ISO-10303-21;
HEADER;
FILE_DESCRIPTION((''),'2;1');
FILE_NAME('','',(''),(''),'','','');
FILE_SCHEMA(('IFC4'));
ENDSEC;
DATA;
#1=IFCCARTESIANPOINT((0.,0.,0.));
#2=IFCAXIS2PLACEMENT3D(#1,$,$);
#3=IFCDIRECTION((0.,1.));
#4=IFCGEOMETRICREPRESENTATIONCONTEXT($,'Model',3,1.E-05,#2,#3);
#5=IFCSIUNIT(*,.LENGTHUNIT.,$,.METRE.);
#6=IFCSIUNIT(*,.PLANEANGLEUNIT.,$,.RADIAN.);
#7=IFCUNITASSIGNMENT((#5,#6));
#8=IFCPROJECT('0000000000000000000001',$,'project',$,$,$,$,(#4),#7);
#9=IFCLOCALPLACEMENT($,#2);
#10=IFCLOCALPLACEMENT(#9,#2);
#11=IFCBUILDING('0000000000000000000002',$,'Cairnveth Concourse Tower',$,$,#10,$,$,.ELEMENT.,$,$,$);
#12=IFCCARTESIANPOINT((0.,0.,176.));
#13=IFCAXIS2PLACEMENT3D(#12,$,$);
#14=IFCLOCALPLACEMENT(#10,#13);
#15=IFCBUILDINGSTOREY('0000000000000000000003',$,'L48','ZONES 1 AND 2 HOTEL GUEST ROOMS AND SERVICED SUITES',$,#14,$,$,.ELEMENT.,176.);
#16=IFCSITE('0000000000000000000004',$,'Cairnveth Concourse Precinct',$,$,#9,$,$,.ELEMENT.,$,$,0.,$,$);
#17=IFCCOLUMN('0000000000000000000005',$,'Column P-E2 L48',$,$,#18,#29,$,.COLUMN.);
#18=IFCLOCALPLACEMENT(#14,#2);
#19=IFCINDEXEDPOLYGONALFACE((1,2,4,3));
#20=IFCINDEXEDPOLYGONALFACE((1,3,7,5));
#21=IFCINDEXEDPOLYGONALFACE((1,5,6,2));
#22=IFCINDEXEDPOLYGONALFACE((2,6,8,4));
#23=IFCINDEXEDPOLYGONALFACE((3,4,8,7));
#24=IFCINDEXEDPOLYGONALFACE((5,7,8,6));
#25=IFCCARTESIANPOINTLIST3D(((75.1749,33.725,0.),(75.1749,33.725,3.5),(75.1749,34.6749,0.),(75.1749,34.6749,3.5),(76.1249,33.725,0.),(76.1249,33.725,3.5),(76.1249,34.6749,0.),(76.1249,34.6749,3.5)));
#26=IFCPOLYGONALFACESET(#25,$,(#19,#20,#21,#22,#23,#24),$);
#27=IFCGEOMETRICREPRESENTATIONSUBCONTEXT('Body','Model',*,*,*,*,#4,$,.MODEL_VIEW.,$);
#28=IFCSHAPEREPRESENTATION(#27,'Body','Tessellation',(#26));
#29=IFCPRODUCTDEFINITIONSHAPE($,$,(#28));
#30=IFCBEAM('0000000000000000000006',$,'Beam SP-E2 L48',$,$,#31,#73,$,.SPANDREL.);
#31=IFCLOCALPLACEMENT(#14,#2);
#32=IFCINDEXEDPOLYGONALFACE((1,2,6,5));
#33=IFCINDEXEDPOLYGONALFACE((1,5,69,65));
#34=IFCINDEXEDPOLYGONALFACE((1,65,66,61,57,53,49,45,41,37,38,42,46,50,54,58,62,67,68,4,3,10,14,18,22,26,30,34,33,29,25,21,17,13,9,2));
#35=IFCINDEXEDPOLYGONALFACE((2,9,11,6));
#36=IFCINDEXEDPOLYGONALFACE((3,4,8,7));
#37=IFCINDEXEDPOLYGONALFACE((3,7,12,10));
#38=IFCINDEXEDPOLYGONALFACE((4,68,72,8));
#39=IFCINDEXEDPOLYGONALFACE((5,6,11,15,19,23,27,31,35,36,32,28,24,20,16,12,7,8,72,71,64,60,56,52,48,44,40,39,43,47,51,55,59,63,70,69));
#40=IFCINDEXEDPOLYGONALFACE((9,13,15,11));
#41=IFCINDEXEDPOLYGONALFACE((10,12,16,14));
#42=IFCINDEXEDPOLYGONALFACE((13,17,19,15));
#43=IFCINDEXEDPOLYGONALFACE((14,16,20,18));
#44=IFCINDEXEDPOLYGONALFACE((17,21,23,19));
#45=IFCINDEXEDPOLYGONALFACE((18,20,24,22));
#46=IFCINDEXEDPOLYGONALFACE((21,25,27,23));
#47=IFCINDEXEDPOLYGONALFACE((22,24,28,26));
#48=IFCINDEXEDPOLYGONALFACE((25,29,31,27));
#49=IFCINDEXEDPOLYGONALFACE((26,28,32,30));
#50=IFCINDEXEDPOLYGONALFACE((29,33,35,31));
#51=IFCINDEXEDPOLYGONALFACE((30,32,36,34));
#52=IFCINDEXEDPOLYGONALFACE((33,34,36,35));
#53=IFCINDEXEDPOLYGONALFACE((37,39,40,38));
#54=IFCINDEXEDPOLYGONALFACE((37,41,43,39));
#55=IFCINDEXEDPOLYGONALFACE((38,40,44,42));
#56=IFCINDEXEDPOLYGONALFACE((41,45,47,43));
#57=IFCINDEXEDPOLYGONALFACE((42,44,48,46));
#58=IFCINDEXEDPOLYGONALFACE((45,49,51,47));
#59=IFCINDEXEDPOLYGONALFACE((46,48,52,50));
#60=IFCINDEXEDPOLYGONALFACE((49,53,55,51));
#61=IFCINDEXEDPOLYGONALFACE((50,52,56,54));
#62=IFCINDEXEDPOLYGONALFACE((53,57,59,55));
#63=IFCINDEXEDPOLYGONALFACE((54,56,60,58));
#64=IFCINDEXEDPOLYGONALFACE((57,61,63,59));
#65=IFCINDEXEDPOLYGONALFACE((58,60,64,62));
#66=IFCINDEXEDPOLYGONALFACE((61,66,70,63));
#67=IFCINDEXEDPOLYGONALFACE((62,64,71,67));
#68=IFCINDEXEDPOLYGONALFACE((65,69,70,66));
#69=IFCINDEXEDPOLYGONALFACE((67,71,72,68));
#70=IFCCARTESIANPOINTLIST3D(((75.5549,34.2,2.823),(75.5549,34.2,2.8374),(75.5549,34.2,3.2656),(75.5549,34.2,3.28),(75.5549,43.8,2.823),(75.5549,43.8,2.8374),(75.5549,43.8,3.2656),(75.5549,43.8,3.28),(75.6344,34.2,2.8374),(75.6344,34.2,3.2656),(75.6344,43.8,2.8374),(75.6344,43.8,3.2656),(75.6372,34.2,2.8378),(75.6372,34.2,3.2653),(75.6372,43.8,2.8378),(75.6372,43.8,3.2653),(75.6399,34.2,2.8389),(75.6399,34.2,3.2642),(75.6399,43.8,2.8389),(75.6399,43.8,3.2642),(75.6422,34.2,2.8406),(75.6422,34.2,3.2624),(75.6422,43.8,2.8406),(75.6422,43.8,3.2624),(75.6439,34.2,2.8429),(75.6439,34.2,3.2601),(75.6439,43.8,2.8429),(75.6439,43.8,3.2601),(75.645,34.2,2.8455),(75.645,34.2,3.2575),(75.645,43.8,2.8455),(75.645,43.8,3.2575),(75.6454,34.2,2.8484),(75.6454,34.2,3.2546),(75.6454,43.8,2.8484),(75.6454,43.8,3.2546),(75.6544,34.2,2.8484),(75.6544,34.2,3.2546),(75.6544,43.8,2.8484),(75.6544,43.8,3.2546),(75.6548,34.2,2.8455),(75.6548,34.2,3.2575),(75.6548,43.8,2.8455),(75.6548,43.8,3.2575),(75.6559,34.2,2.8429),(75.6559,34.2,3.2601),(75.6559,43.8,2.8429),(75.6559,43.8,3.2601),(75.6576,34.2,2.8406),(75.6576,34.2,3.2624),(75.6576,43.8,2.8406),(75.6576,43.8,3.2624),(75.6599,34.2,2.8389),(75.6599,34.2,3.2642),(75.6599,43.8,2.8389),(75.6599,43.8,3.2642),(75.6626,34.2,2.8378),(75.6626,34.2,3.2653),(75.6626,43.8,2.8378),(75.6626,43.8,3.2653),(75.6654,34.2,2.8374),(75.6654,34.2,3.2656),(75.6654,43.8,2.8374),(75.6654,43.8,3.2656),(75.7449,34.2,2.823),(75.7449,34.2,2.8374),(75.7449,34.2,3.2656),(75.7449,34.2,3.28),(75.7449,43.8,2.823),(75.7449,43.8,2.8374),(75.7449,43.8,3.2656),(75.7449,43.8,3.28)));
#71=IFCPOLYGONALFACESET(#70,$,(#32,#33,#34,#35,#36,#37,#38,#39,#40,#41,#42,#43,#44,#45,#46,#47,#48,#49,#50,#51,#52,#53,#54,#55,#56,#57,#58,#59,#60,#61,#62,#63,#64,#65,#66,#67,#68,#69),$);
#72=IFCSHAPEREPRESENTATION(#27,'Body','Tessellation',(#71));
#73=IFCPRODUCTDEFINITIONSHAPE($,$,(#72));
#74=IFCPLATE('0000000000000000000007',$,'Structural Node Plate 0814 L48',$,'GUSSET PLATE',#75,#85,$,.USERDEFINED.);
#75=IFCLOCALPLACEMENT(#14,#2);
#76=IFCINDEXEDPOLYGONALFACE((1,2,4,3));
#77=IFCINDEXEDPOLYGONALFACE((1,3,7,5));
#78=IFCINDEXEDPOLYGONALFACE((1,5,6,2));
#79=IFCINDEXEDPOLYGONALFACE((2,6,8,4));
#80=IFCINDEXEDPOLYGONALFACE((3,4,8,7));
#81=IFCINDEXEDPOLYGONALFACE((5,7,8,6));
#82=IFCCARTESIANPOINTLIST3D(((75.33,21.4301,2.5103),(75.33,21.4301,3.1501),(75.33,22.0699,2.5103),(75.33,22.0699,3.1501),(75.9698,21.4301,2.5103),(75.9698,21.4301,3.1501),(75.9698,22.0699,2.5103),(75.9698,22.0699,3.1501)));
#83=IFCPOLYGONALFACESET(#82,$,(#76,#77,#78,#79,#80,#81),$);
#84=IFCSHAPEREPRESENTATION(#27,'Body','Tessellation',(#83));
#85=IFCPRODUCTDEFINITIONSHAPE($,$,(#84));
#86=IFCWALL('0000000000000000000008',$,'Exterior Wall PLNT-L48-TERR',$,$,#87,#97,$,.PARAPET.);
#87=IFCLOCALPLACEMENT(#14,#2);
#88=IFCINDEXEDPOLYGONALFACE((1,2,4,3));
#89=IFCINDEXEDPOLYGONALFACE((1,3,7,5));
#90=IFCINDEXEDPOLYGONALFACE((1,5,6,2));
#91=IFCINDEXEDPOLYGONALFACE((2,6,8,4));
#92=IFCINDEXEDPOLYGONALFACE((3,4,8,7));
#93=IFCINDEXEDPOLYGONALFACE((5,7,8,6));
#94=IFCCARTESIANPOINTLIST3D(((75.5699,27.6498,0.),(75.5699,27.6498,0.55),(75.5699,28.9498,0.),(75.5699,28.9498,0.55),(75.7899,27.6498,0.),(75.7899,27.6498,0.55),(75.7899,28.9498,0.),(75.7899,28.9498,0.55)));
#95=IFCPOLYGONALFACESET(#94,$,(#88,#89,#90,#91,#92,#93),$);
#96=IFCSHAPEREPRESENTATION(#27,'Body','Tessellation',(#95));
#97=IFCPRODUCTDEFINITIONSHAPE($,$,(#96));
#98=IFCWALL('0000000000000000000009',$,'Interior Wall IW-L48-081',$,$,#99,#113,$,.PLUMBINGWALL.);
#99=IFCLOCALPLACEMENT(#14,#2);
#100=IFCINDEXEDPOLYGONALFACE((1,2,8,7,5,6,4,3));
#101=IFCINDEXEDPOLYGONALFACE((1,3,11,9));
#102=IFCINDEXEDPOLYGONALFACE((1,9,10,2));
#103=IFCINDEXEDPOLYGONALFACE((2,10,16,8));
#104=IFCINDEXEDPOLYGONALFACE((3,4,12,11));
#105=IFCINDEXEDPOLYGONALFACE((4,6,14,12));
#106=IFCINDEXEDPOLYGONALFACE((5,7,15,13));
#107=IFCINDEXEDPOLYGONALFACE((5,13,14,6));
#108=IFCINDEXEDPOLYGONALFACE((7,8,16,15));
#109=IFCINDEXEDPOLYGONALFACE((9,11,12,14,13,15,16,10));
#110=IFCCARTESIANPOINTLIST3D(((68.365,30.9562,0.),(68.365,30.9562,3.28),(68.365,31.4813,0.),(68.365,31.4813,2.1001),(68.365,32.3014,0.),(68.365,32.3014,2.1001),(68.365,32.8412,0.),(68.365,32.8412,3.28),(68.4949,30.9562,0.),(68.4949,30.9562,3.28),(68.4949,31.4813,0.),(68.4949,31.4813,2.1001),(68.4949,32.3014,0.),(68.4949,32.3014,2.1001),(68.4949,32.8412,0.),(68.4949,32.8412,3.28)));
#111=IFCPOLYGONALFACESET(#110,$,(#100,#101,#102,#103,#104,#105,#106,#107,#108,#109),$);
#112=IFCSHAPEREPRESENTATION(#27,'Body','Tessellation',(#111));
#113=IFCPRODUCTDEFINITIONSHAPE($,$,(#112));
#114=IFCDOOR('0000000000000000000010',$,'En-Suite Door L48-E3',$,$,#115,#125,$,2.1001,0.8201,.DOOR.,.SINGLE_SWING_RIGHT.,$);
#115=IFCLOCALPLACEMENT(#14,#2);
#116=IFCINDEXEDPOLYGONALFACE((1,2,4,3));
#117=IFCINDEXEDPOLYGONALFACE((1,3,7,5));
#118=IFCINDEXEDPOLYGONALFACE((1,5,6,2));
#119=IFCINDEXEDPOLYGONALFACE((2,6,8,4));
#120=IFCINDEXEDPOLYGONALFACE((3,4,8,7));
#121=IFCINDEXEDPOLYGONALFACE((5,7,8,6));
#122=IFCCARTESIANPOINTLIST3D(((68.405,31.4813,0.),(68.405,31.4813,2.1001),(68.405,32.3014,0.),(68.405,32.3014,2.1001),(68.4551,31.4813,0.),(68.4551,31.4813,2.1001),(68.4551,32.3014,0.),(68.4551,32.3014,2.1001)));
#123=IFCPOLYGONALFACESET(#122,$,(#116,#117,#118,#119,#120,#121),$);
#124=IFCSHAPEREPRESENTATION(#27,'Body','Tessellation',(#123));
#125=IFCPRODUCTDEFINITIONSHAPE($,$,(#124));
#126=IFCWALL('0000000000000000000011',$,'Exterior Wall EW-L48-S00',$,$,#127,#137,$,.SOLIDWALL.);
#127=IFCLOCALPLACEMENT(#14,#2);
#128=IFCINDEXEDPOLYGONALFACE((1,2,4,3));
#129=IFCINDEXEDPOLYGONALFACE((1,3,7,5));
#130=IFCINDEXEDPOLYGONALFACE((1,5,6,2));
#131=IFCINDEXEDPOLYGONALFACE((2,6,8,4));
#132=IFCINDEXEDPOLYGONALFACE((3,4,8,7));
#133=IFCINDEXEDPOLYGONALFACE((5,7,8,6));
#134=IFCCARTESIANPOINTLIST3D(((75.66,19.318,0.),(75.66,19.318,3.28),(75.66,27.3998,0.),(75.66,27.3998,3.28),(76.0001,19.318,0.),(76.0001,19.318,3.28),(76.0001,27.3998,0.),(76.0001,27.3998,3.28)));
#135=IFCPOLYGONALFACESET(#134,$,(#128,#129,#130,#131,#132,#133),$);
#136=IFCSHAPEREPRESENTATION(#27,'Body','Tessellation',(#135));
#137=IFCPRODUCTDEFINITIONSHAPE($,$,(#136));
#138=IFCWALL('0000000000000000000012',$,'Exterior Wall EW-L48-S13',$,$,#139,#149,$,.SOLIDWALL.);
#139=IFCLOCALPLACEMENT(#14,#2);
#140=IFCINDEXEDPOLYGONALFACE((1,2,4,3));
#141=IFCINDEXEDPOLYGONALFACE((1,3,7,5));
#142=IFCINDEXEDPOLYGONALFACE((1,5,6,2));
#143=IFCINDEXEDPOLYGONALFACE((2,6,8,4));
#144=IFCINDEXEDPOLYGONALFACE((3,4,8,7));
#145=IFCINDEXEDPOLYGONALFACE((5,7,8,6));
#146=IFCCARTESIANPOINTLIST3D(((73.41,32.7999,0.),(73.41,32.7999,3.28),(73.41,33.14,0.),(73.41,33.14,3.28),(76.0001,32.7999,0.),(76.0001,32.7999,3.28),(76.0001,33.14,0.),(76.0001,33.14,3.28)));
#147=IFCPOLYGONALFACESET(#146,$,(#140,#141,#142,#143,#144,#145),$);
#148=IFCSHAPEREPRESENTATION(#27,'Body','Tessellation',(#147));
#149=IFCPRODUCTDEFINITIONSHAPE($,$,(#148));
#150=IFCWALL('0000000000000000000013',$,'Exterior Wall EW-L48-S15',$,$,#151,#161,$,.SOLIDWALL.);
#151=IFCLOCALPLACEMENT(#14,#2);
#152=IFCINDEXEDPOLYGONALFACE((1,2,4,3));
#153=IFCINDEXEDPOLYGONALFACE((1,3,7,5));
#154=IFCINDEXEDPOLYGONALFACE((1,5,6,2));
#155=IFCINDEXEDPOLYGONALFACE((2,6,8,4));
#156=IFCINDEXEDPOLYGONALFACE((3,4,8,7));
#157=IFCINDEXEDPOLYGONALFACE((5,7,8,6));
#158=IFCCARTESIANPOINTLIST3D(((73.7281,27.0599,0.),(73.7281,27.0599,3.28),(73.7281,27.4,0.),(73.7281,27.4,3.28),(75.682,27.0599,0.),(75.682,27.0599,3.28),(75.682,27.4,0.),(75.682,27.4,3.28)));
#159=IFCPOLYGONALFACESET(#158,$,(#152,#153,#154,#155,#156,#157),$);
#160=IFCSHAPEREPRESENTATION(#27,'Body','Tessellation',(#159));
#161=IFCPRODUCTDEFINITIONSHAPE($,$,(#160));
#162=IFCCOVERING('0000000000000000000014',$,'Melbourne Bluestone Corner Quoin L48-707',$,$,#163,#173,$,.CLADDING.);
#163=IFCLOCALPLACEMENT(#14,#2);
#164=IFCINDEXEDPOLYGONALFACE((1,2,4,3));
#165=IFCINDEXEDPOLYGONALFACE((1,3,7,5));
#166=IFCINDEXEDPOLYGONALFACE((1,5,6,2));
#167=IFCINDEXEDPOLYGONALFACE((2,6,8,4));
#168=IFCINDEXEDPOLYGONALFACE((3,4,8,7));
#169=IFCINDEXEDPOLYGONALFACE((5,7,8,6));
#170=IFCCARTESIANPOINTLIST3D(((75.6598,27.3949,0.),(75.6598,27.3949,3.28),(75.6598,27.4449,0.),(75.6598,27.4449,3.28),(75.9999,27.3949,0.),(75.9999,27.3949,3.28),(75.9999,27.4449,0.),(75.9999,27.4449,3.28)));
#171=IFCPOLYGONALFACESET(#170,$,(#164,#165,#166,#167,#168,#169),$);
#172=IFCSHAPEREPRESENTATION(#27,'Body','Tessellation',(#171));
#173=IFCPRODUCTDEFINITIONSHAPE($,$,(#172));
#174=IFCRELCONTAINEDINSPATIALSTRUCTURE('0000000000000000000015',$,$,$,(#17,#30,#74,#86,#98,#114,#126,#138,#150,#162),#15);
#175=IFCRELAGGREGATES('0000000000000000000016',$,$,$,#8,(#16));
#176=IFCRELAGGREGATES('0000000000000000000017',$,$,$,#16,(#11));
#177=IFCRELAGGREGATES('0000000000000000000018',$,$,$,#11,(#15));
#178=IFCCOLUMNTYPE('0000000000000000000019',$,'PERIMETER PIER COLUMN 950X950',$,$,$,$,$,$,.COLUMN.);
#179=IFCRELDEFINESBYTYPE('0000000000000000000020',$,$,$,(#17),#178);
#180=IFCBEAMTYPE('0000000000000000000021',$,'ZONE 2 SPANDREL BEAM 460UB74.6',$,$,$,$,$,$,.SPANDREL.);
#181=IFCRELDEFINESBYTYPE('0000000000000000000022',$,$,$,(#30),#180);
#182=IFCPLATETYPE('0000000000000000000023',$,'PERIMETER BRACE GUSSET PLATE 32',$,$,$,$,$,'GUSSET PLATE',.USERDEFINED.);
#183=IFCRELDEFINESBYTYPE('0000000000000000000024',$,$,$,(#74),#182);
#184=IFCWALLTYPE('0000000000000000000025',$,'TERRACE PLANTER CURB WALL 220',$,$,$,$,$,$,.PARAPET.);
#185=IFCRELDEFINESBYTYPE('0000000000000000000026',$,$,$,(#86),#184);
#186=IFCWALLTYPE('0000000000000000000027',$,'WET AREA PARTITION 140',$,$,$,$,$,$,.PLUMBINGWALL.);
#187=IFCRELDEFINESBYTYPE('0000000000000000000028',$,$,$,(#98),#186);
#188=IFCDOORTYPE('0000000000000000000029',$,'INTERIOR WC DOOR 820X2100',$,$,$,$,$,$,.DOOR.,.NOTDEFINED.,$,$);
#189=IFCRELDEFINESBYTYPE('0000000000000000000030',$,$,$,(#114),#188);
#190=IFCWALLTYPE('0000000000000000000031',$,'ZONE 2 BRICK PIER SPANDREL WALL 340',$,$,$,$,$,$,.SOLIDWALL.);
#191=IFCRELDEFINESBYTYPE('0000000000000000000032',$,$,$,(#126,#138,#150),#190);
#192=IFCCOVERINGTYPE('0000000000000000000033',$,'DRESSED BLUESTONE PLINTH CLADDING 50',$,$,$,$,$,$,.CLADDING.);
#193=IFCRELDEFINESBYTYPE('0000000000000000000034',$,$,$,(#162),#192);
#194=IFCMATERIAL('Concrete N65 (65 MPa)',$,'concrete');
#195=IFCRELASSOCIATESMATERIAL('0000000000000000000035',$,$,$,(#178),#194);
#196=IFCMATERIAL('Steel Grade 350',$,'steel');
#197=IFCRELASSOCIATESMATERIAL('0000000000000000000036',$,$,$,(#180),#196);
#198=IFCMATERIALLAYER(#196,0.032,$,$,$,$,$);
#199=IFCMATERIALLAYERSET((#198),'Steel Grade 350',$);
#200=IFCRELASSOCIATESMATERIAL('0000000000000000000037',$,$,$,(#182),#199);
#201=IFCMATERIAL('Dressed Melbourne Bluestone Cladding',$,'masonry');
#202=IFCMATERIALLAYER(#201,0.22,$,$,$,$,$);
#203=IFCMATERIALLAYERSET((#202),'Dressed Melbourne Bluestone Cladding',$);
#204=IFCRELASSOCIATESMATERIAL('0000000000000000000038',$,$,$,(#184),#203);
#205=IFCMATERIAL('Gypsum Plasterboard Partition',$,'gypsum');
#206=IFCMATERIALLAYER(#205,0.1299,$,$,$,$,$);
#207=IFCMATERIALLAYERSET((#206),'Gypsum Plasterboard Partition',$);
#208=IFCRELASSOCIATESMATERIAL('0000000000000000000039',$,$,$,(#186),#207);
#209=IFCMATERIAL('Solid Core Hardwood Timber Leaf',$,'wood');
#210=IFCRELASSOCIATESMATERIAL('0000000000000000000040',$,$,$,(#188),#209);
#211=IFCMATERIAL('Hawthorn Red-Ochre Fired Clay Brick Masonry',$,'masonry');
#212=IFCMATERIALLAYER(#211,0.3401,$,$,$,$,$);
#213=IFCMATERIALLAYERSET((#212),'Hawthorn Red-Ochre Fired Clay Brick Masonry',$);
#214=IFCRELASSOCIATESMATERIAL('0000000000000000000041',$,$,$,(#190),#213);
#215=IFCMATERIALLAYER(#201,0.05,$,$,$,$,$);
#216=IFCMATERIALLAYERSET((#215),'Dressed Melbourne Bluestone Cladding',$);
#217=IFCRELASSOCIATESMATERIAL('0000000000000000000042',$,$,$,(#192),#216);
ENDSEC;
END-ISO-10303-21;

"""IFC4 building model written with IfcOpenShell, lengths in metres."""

from ifc_helpers import new_model, si_unit, direction, frame, frame_2d, origin, origin_2d, place, context, subcontext, project, spatial, rectangle, i_section, extrude, material, layer, layer_set, material_profile, profile_set, type_object, element, fill, save


model = new_model("IFC4")

# Units and contexts
model_context = context("Model", 3, precision=1e-05, world=origin(), true_north=direction((0.0, 1.0)))
body_context = subcontext(model_context, "Body", "Model", "MODEL_VIEW")
ifc_project = project(units=[si_unit("LENGTHUNIT", "METRE"), si_unit("PLANEANGLEUNIT", "RADIAN")], contexts=[model_context])

# Site, building, storey
site_placement = place(None, origin())
site = spatial("IfcSite", under=ifc_project, at=site_placement, Name="Cairnveth Concourse Precinct", CompositionType="ELEMENT", RefElevation=0.0)
building_placement = place(site_placement, origin())
building = spatial("IfcBuilding", under=site, at=building_placement, Name="Cairnveth Concourse Tower", CompositionType="ELEMENT")
storey_placement = place(building_placement, frame((0.0, 0.0, 176.0)))
storey = spatial("IfcBuildingStorey", under=building, at=storey_placement, Name="L48", Description="ZONES 1 AND 2 HOTEL GUEST ROOMS AND SERVICED SUITES", CompositionType="ELEMENT", Elevation=176.0)

# Column
ifc_material_1 = material(Name="Concrete N65 (65 MPa)", Category="concrete")
ifc_material_profile_1 = material_profile(ifc_material_1, rectangle(XDim=0.95, YDim=0.95, at=origin_2d()), Name="RC-COL-950x950")
ifc_profile_set_1 = profile_set([ifc_material_profile_1], Name="Concrete N65 (65 MPa)")
column_type = type_object("IfcColumnType", Name="PERIMETER PIER COLUMN 950X950", PredefinedType="COLUMN", material=ifc_profile_set_1)
column_placement = place(storey_placement, frame((75.6499, 34.2, 0.0), z_axis=(0.0, 0.0, 1.0), x_axis=(0.0, 1.0, 0.0)))
element("IfcColumn", 1, at=column_placement, inside=storey, type_object=column_type, Name="Column P-E2 L48", PredefinedType="COLUMN", context=body_context, shape_type="SweptSolid", body=[
    extrude(rectangle(XDim=0.95, YDim=0.95, at=origin_2d()), origin(), (0.0, 0.0, 1.0), 3.5),
])

# Beam
ifc_material_2 = material(Name="Steel Grade 350", Category="steel")
ifc_material_profile_2 = material_profile(ifc_material_2, i_section(OverallWidth=0.1899, OverallDepth=0.457, WebThickness=0.009, FlangeThickness=0.0144, FilletRadius=0.011, at=origin_2d()), Name="460UB74.6")
ifc_profile_set_2 = profile_set([ifc_material_profile_2], Name="Steel Grade 350")
beam_type = type_object("IfcBeamType", Name="ZONE 2 SPANDREL BEAM 460UB74.6", PredefinedType="SPANDREL", material=ifc_profile_set_2)
beam_placement = place(storey_placement, frame((75.6499, 34.2, 3.0515), z_axis=(0.0, 1.0, 0.0), x_axis=(-1.0, 0.0, 0.0)))
element("IfcBeam", 2, at=beam_placement, inside=storey, type_object=beam_type, Name="Beam SP-E2 L48", PredefinedType="SPANDREL", context=body_context, shape_type="SweptSolid", body=[
    extrude(i_section(OverallWidth=0.1899, OverallDepth=0.457, WebThickness=0.009, FlangeThickness=0.0144, FilletRadius=0.011, at=origin_2d()), origin(), (0.0, 0.0, 1.0), 9.6001),
])

# Plate
ifc_layer_1 = layer(ifc_material_2, 0.032)
ifc_layer_set_1 = layer_set([ifc_layer_1], Name="Steel Grade 350")
plate_type = type_object("IfcPlateType", Name="PERIMETER BRACE GUSSET PLATE 32", ElementType="GUSSET PLATE", PredefinedType="USERDEFINED", material=ifc_layer_set_1)
plate_placement = place(storey_placement, frame((75.6499, 21.75, 2.5103), z_axis=(0.0, 0.0, 1.0), x_axis=(1.0, 0.0, 0.0)))
element("IfcPlate", 3, at=plate_placement, inside=storey, type_object=plate_type, Name="Structural Node Plate 0814 L48", ObjectType="GUSSET PLATE", PredefinedType="USERDEFINED", context=body_context, shape_type="SweptSolid", body=[
    extrude(rectangle(XDim=0.6399, YDim=0.6399, at=origin_2d()), origin(), (0.0, 0.0, 1.0), 0.6399),
])

# Wall
ifc_material_3 = material(Name="Dressed Melbourne Bluestone Cladding", Category="masonry")
ifc_layer_2 = layer(ifc_material_3, 0.22)
ifc_layer_set_2 = layer_set([ifc_layer_2], Name="Dressed Melbourne Bluestone Cladding")
wall_type_1 = type_object("IfcWallType", Name="TERRACE PLANTER CURB WALL 220", PredefinedType="PARAPET", material=ifc_layer_set_2)
wall_1_placement = place(storey_placement, frame((75.6799, 27.6499, 0.0), z_axis=(0.0, 0.0, 1.0), x_axis=(0.0, 1.0, 0.0)))
element("IfcWall", 4, at=wall_1_placement, inside=storey, type_object=wall_type_1, Name="Exterior Wall PLNT-L48-TERR", PredefinedType="PARAPET", context=body_context, shape_type="SweptSolid", body=[
    extrude(rectangle(XDim=1.3, YDim=0.22, at=frame_2d((0.6499, 0.0))), origin(), (0.0, 0.0, 1.0), 0.55),
])

# Wall, opening, door
ifc_material_4 = material(Name="Gypsum Plasterboard Partition", Category="gypsum")
ifc_layer_3 = layer(ifc_material_4, 0.1299)
ifc_layer_set_3 = layer_set([ifc_layer_3], Name="Gypsum Plasterboard Partition")
wall_type_2 = type_object("IfcWallType", Name="WET AREA PARTITION 140", PredefinedType="PLUMBINGWALL", material=ifc_layer_set_3)
wall_2_placement = place(storey_placement, frame((68.4299, 30.9563, 0.0), z_axis=(0.0, 0.0, 1.0), x_axis=(0.0, 1.0, 0.0)))
wall_2 = element("IfcWall", 5, at=wall_2_placement, inside=storey, type_object=wall_type_2, Name="Interior Wall IW-L48-081", PredefinedType="PLUMBINGWALL", context=body_context, shape_type="SweptSolid", body=[
    extrude(rectangle(XDim=1.885, YDim=0.1299, at=frame_2d((0.9424, 0.0))), origin(), (0.0, 0.0, 1.0), 3.28),
])
opening_1_placement = place(wall_2_placement, frame((0.5249, 0.0, 0.0)))
opening_1 = element("IfcOpeningElement", 6, at=opening_1_placement, cuts=wall_2, PredefinedType="OPENING", context=body_context, shape_type="SweptSolid", body=[
    extrude(rectangle(XDim=0.8201, YDim=2.1001, at=frame_2d((0.4102, 1.05))), frame((0.0, 0.075, 0.0), z_axis=(0.0, -1.0, 0.0), x_axis=(1.0, 0.0, 0.0)), (0.0, 0.0, 1.0), 0.1499),
])
ifc_material_5 = material(Name="Solid Core Hardwood Timber Leaf", Category="wood")
door_type_1 = type_object("IfcDoorType", Name="INTERIOR WC DOOR 820X2100", OperationType="NOTDEFINED", PredefinedType="DOOR", material=ifc_material_5)
door_1_placement = place(opening_1_placement, origin())
door_1 = element("IfcDoor", 7, at=door_1_placement, inside=storey, type_object=door_type_1, Name="En-Suite Door L48-E3", OperationType="SINGLE_SWING_RIGHT", OverallHeight=2.1001, OverallWidth=0.8201, PredefinedType="DOOR", context=body_context, shape_type="SweptSolid", body=[
    extrude(rectangle(XDim=0.8201, YDim=2.1001, at=frame_2d((0.4102, 1.05))), frame((0.0, 0.0249, 0.0), z_axis=(0.0, -1.0, 0.0), x_axis=(1.0, 0.0, 0.0)), (0.0, 0.0, 1.0), 0.05),
])
fill(opening_1, door_1)

# Walls
ifc_material_6 = material(Name="Hawthorn Red-Ochre Fired Clay Brick Masonry", Category="masonry")
ifc_layer_4 = layer(ifc_material_6, 0.3401)
ifc_layer_set_4 = layer_set([ifc_layer_4], Name="Hawthorn Red-Ochre Fired Clay Brick Masonry")
wall_type_3 = type_object("IfcWallType", Name="ZONE 2 BRICK PIER SPANDREL WALL 340", PredefinedType="SOLIDWALL", material=ifc_layer_set_4)
wall_3_placement = place(storey_placement, frame((75.8301, 27.3999, 0.0), z_axis=(0.0, 0.0, 1.0), x_axis=(0.0, -1.0, 0.0)))
element("IfcWall", 8, at=wall_3_placement, inside=storey, type_object=wall_type_3, Name="Exterior Wall EW-L48-S00", PredefinedType="SOLIDWALL", context=body_context, shape_type="SweptSolid", body=[
    extrude(rectangle(XDim=8.0818, YDim=0.3401, at=frame_2d((4.041, 0.0))), origin(), (0.0, 0.0, 1.0), 3.28),
])
wall_4_placement = place(storey_placement, frame((76.0, 32.97, 0.0), z_axis=(0.0, 0.0, 1.0), x_axis=(-1.0, 0.0, 0.0)))
element("IfcWall", 9, at=wall_4_placement, inside=storey, type_object=wall_type_3, Name="Exterior Wall EW-L48-S13", PredefinedType="SOLIDWALL", context=body_context, shape_type="SweptSolid", body=[
    extrude(rectangle(XDim=2.5901, YDim=0.3401, at=frame_2d((1.2949, 0.0))), origin(), (0.0, 0.0, 1.0), 3.28),
])

# Wall
wall_5_placement = place(storey_placement, frame((73.728, 27.23, 0.0), z_axis=(0.0, 0.0, 1.0), x_axis=(1.0, 0.0, 0.0)))
element("IfcWall", 10, at=wall_5_placement, inside=storey, type_object=wall_type_3, Name="Exterior Wall EW-L48-S15", PredefinedType="SOLIDWALL", context=body_context, shape_type="SweptSolid", body=[
    extrude(rectangle(XDim=1.9539, YDim=0.3401, at=frame_2d((0.9771, 0.0))), origin(), (0.0, 0.0, 1.0), 3.28),
])

# Covering
ifc_layer_5 = layer(ifc_material_3, 0.05)
ifc_layer_set_5 = layer_set([ifc_layer_5], Name="Dressed Melbourne Bluestone Cladding")
covering_type = type_object("IfcCoveringType", Name="DRESSED BLUESTONE PLINTH CLADDING 50", PredefinedType="CLADDING", material=ifc_layer_set_5)
for number, where, z_axis, x_axis, name in (
    (11, (75.6599, 27.4199, 0.0), (0.0, 0.0, 1.0), (1.0, 0.0, 0.0), "Melbourne Bluestone Corner Quoin L48-707"),
):
    element("IfcCovering", number, at=place(storey_placement, frame(where, z_axis=z_axis, x_axis=x_axis)), inside=storey, type_object=covering_type, Name=name, PredefinedType="CLADDING", context=body_context, shape_type="SweptSolid", body=[
        extrude(rectangle(XDim=0.3401, YDim=0.05, at=frame_2d((0.1699, 0.0))), origin(), (0.0, 0.0, 1.0), 3.28),
    ])

save(model, "model.ifc")
